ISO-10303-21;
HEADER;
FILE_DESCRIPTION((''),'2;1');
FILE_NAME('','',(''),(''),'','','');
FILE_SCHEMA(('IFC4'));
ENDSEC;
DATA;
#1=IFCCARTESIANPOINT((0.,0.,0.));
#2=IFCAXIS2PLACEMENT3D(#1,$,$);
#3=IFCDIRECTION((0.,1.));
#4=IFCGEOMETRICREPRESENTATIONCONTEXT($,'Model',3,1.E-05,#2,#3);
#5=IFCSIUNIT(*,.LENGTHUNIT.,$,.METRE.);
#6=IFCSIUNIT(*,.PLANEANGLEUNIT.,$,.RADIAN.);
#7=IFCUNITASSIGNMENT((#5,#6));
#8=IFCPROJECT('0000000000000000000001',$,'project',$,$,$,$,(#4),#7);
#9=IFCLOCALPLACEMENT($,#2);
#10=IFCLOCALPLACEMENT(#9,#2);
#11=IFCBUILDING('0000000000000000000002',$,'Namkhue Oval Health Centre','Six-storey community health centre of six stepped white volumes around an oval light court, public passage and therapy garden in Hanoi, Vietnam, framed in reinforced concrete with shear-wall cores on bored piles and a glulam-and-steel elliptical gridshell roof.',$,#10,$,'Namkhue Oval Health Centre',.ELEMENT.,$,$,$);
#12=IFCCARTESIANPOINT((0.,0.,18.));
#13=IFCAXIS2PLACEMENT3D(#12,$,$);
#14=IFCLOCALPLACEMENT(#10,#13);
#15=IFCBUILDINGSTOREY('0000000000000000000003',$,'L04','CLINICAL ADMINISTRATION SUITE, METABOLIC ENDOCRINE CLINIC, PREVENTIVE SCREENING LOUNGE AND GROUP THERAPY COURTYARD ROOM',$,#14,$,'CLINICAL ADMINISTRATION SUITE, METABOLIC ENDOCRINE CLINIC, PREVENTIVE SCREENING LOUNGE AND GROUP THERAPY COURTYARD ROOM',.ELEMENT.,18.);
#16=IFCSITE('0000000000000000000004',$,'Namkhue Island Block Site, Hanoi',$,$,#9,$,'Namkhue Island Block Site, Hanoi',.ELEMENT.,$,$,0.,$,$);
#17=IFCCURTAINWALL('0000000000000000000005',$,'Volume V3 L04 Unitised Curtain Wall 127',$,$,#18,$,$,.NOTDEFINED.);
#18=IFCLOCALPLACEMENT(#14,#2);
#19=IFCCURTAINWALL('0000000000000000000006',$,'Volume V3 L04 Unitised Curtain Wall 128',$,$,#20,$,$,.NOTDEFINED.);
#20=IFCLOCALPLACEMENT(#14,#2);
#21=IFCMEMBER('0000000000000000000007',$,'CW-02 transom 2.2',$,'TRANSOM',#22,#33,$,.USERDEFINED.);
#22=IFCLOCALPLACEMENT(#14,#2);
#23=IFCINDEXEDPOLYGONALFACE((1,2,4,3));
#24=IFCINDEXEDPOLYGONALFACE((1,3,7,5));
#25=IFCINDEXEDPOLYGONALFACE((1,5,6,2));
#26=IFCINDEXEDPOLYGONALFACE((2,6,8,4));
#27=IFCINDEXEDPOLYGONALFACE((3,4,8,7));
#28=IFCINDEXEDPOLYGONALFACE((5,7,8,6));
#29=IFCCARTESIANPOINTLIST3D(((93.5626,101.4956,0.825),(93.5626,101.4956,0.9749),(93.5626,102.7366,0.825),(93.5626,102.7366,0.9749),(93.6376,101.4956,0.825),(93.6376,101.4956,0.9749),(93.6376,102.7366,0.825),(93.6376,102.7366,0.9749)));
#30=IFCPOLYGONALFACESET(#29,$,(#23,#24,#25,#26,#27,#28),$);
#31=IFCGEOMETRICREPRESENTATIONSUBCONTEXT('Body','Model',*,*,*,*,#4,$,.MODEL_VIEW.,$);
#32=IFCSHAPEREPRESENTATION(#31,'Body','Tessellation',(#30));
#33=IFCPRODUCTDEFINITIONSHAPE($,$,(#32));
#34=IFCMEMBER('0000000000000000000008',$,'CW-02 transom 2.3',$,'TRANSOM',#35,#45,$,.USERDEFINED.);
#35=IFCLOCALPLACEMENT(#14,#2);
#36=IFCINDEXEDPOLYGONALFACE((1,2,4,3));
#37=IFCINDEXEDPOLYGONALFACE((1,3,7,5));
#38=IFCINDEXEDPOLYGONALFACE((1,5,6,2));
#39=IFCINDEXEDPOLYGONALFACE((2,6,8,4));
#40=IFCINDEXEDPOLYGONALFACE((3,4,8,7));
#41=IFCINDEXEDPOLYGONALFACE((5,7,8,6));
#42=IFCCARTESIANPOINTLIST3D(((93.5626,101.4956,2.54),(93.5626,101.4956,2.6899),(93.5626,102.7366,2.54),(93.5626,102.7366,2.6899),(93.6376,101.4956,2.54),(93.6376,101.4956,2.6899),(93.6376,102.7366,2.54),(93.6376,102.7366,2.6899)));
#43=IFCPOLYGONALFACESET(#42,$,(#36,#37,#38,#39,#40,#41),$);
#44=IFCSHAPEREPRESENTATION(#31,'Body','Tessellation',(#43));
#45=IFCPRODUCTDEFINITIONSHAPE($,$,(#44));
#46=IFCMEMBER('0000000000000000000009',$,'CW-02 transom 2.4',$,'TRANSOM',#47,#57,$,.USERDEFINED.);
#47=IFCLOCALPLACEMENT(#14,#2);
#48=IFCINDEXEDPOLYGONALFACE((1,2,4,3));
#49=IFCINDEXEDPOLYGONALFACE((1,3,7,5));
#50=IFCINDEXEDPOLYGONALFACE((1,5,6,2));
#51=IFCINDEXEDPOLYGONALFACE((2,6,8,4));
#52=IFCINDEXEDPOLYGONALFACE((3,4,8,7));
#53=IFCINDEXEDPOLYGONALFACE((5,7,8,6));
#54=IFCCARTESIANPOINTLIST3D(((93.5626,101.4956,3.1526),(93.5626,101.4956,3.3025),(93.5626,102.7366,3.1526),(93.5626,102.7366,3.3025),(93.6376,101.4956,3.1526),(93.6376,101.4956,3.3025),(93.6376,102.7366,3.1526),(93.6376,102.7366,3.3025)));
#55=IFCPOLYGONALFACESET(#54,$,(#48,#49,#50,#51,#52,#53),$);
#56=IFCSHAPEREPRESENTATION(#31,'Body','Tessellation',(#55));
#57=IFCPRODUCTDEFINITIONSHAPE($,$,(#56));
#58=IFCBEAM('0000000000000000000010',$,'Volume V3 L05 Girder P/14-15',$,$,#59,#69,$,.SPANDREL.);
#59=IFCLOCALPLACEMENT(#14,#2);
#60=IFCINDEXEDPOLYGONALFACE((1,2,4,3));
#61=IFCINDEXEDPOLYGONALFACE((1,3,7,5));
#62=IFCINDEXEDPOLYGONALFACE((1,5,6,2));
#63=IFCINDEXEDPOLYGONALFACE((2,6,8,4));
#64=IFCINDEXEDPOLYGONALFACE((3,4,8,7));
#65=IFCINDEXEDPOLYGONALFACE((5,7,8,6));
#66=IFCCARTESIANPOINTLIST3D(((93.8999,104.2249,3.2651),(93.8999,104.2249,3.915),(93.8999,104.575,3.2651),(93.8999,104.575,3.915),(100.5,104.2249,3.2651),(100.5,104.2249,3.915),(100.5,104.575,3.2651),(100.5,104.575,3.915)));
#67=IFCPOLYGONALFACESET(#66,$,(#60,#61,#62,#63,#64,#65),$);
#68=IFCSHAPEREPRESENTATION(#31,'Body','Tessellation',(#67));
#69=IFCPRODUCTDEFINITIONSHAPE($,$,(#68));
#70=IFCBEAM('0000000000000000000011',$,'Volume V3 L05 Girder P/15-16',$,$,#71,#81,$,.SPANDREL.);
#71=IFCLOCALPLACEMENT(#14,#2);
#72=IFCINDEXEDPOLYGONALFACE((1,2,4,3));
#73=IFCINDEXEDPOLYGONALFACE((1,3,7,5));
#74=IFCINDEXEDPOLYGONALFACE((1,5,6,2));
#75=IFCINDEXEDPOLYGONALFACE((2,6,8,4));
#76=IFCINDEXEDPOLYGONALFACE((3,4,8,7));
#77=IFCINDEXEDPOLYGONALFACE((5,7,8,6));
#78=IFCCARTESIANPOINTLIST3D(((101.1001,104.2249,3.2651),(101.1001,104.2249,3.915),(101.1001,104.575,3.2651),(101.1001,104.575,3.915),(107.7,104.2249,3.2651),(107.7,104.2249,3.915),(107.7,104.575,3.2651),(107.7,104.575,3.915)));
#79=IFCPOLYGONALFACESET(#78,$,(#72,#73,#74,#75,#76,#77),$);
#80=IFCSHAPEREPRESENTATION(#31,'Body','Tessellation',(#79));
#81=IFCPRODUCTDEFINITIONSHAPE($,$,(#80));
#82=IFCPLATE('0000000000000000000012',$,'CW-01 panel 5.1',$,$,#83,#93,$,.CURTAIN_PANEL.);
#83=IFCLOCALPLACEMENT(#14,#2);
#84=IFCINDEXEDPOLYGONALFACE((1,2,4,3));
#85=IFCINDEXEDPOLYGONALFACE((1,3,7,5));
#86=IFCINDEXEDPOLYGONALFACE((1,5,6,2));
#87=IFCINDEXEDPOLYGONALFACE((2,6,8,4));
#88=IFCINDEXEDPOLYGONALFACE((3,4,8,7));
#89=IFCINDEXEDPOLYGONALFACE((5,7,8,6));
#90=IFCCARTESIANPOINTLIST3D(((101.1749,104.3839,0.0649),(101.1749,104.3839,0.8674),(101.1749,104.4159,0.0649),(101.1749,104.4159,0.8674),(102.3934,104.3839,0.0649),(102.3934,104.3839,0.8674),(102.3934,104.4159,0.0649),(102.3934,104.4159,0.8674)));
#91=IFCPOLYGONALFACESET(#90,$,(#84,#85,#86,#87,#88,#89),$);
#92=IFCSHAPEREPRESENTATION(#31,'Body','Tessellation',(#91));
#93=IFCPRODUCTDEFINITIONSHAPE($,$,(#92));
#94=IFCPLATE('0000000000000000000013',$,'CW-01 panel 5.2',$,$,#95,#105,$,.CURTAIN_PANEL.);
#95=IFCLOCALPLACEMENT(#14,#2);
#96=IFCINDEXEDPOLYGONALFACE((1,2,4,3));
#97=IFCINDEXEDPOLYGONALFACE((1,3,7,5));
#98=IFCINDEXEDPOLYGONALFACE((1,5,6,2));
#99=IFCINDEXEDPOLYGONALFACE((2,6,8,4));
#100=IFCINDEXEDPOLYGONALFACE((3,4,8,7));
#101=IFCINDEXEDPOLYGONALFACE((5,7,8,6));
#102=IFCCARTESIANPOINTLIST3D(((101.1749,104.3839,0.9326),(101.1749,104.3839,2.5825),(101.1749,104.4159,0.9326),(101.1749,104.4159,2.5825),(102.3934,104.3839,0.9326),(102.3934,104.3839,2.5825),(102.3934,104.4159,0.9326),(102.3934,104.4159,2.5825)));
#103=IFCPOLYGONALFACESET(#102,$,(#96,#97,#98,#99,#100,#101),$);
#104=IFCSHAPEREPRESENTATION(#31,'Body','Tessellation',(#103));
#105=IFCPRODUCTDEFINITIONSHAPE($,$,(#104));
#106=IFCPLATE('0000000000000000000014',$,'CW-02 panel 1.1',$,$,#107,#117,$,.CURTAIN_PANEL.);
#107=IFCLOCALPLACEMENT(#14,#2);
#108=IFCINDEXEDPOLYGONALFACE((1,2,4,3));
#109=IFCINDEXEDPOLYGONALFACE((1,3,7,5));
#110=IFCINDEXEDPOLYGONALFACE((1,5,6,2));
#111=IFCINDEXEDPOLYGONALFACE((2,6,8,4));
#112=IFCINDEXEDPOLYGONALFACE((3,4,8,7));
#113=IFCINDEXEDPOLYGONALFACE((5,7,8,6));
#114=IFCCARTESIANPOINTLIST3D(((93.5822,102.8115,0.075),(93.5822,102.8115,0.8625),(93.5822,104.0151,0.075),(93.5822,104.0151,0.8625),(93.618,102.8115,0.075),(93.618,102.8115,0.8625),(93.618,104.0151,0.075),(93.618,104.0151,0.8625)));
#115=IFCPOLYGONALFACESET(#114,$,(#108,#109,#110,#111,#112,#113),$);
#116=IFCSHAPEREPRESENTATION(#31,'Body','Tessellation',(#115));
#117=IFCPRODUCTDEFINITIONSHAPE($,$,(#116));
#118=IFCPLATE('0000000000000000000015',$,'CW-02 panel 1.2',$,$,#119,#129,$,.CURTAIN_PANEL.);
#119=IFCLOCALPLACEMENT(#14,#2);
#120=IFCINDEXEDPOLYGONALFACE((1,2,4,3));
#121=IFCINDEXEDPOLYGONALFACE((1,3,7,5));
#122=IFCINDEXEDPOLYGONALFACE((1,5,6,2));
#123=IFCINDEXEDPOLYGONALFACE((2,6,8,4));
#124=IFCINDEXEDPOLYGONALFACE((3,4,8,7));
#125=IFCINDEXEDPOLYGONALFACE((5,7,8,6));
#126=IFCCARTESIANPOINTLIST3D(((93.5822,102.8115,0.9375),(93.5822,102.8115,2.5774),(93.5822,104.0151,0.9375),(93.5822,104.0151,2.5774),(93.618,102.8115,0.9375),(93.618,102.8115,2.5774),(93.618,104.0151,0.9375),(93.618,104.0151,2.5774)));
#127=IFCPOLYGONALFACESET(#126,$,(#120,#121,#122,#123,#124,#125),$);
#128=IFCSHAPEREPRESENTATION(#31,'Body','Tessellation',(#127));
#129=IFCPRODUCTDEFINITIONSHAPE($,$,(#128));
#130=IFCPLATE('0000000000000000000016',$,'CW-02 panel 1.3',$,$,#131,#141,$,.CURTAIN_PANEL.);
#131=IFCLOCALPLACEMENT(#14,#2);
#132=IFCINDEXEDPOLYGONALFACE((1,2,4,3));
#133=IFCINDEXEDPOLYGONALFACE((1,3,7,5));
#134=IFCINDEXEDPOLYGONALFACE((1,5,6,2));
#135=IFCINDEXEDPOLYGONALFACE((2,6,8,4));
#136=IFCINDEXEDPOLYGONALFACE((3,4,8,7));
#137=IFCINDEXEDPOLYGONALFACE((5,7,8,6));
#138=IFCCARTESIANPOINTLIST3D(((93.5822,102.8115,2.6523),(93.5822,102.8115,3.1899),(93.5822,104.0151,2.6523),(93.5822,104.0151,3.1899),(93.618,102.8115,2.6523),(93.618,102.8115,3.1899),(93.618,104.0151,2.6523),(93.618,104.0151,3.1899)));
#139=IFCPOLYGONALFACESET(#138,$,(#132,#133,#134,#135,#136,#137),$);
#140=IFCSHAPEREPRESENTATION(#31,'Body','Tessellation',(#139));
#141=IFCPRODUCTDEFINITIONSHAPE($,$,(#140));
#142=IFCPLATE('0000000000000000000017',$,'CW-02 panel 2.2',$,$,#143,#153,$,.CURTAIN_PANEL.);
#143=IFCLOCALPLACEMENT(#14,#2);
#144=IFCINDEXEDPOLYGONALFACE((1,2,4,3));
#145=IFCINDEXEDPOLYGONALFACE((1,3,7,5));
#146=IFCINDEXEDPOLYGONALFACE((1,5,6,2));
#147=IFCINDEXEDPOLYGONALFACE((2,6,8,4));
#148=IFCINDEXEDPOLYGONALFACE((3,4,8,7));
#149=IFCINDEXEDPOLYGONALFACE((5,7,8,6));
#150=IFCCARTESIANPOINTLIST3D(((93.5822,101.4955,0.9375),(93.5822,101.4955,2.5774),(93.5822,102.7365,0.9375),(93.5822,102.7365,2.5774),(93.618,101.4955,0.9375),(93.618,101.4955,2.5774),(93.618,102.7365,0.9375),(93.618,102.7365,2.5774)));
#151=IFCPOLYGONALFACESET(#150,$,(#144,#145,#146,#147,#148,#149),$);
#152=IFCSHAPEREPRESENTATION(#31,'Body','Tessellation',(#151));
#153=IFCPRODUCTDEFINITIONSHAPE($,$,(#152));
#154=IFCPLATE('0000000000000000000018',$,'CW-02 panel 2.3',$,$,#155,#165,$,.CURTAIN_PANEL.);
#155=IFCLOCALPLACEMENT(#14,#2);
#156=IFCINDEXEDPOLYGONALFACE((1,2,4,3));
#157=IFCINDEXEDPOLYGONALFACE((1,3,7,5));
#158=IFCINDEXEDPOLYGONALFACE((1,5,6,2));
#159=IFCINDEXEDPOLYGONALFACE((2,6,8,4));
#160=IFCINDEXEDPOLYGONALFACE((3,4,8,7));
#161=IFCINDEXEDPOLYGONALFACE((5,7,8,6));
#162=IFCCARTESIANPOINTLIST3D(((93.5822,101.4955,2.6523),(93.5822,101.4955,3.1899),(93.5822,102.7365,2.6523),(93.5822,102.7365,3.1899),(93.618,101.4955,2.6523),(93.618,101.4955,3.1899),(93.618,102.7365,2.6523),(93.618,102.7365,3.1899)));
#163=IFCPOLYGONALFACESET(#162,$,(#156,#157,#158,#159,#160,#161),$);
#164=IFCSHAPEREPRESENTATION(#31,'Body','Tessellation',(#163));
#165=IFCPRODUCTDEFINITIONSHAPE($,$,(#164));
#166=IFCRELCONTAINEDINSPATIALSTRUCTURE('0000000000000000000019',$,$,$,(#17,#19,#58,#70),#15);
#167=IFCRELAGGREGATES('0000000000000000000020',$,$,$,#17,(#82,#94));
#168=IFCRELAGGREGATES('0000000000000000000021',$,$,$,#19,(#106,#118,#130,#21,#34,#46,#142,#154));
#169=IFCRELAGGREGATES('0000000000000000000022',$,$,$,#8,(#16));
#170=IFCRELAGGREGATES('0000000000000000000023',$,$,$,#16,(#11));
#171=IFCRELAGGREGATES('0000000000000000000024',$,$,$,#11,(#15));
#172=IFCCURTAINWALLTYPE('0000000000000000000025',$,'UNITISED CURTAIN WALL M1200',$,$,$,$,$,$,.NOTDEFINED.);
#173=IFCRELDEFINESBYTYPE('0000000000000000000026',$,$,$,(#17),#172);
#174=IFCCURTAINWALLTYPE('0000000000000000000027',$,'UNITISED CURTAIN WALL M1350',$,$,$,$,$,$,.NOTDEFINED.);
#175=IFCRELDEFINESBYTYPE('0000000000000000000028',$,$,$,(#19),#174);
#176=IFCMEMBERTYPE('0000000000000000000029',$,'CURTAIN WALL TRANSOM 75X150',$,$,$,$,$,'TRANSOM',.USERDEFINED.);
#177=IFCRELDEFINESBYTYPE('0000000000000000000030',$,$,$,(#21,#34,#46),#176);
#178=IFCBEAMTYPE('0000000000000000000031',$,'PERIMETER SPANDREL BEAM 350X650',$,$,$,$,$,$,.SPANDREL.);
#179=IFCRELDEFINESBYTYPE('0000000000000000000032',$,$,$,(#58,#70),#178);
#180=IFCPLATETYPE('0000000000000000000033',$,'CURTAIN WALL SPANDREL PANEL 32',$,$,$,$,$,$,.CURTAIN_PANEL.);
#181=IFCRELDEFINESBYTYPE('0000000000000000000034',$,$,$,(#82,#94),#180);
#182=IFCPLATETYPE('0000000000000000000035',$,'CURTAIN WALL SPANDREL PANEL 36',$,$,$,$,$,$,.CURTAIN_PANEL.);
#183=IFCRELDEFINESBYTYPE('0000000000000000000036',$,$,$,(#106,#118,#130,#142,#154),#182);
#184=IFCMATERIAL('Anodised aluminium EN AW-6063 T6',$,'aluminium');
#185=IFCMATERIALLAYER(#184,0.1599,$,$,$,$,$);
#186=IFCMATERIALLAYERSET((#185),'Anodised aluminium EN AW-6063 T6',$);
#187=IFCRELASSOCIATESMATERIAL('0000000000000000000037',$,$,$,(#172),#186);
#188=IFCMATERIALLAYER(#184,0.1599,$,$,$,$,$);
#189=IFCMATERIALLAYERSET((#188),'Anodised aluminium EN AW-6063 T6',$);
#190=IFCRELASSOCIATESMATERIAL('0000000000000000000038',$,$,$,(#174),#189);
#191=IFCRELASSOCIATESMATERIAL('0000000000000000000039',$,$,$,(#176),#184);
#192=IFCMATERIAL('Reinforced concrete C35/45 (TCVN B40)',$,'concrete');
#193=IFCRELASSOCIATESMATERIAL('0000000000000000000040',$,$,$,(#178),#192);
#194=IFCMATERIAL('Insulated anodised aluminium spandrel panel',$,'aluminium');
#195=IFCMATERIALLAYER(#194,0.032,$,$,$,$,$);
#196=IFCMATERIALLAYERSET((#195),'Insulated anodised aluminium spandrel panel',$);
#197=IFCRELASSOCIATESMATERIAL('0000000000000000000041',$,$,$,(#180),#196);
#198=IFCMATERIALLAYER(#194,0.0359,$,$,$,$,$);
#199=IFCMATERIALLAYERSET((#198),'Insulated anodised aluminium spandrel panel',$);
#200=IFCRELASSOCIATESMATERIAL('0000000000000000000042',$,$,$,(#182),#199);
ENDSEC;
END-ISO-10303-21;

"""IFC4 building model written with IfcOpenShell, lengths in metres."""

from ifc_helpers import new_model, si_unit, direction, frame, origin, origin_2d, place, context, subcontext, project, spatial, rectangle, extrude, material, layer, layer_set, material_profile, profile_set, type_object, element, aggregate, save


model = new_model("IFC4")

# Units and contexts
model_context = context("Model", 3, precision=1e-05, world=origin(), true_north=direction((0.0, 1.0)))
body_context = subcontext(model_context, "Body", "Model", "MODEL_VIEW")
ifc_project = project(units=[si_unit("LENGTHUNIT", "METRE"), si_unit("PLANEANGLEUNIT", "RADIAN")], contexts=[model_context])

# Site, building, storey
site_placement = place(None, origin())
site = spatial("IfcSite", under=ifc_project, at=site_placement, Name="Namkhue Island Block Site, Hanoi", LongName="Namkhue Island Block Site, Hanoi", CompositionType="ELEMENT", RefElevation=0.0)
building_placement = place(site_placement, origin())
building = spatial("IfcBuilding", under=site, at=building_placement, Name="Namkhue Oval Health Centre", Description="Six-storey community health centre of six stepped white volumes around an oval light court, public passage and therapy garden in Hanoi, Vietnam, framed in reinforced concrete with shear-wall cores on bored piles and a glulam-and-steel elliptical gridshell roof.", LongName="Namkhue Oval Health Centre", CompositionType="ELEMENT")
storey_placement = place(building_placement, frame((0.0, 0.0, 18.0)))
storey = spatial("IfcBuildingStorey", under=building, at=storey_placement, Name="L04", Description="CLINICAL ADMINISTRATION SUITE, METABOLIC ENDOCRINE CLINIC, PREVENTIVE SCREENING LOUNGE AND GROUP THERAPY COURTYARD ROOM", LongName="CLINICAL ADMINISTRATION SUITE, METABOLIC ENDOCRINE CLINIC, PREVENTIVE SCREENING LOUNGE AND GROUP THERAPY COURTYARD ROOM", CompositionType="ELEMENT", Elevation=18.0)

# Shared definitions
ifc_material_1 = material(Name="Reinforced concrete C35/45 (TCVN B40)", Category="concrete")

# Curtain wall
ifc_material_2 = material(Name="Anodised aluminium EN AW-6063 T6", Category="aluminium")
ifc_layer_1 = layer(ifc_material_2, 0.1599)
ifc_layer_set_1 = layer_set([ifc_layer_1], Name="Anodised aluminium EN AW-6063 T6")
curtain_wall_type_1 = type_object("IfcCurtainWallType", Name="UNITISED CURTAIN WALL M1200", PredefinedType="NOTDEFINED", material=ifc_layer_set_1)
curtain_wall_1_placement = place(storey_placement, origin())
curtain_wall_1 = element("IfcCurtainWall", 1, at=curtain_wall_1_placement, inside=storey, type_object=curtain_wall_type_1, Name="Volume V3 L04 Unitised Curtain Wall 127", PredefinedType="NOTDEFINED")

# Curtain wall, members
ifc_layer_2 = layer(ifc_material_2, 0.1599)
ifc_layer_set_2 = layer_set([ifc_layer_2], Name="Anodised aluminium EN AW-6063 T6")
curtain_wall_type_2 = type_object("IfcCurtainWallType", Name="UNITISED CURTAIN WALL M1350", PredefinedType="NOTDEFINED", material=ifc_layer_set_2)
curtain_wall_2_placement = place(storey_placement, origin())
curtain_wall_2 = element("IfcCurtainWall", 2, at=curtain_wall_2_placement, inside=storey, type_object=curtain_wall_type_2, Name="Volume V3 L04 Unitised Curtain Wall 128", PredefinedType="NOTDEFINED")
ifc_material_profile_1 = material_profile(ifc_material_2, rectangle(XDim=0.075, YDim=0.1499, at=origin_2d()), Name="ALU 75x150")
ifc_profile_set_1 = profile_set([ifc_material_profile_1], Name="Anodised aluminium EN AW-6063 T6")
member_type_1 = type_object("IfcMemberType", Name="CURTAIN WALL TRANSOM 75X150", ElementType="TRANSOM", PredefinedType="USERDEFINED", material=ifc_profile_set_1)
member_1_placement = place(storey_placement, frame((93.6001, 102.7366, 0.8999), z_axis=(0.0, -1.0, 0.0), x_axis=(1.0, 0.0, 0.0)))
member_1 = element("IfcMember", 3, at=member_1_placement, type_object=member_type_1, Name="CW-02 transom 2.2", ObjectType="TRANSOM", PredefinedType="USERDEFINED", context=body_context, shape_type="SweptSolid", body=[
    extrude(rectangle(XDim=0.075, YDim=0.1499, at=origin_2d()), origin(), (0.0, 0.0, 1.0), 1.241),
])
member_2_placement = place(storey_placement, frame((93.6001, 102.7366, 2.615), z_axis=(0.0, -1.0, 0.0), x_axis=(1.0, 0.0, 0.0)))
member_2 = element("IfcMember", 4, at=member_2_placement, type_object=member_type_1, Name="CW-02 transom 2.3", ObjectType="TRANSOM", PredefinedType="USERDEFINED", context=body_context, shape_type="SweptSolid", body=[
    extrude(rectangle(XDim=0.075, YDim=0.1499, at=origin_2d()), origin(), (0.0, 0.0, 1.0), 1.241),
])
member_3_placement = place(storey_placement, frame((93.6001, 102.7366, 3.2275), z_axis=(0.0, -1.0, 0.0), x_axis=(1.0, 0.0, 0.0)))
member_3 = element("IfcMember", 5, at=member_3_placement, type_object=member_type_1, Name="CW-02 transom 2.4", ObjectType="TRANSOM", PredefinedType="USERDEFINED", context=body_context, shape_type="SweptSolid", body=[
    extrude(rectangle(XDim=0.075, YDim=0.1499, at=origin_2d()), origin(), (0.0, 0.0, 1.0), 1.241),
])

# Beams
ifc_material_profile_2 = material_profile(ifc_material_1, rectangle(XDim=0.3501, YDim=0.6499, at=origin_2d()), Name="RC 350x650")
ifc_profile_set_2 = profile_set([ifc_material_profile_2], Name="Reinforced concrete C35/45 (TCVN B40)")
beam_type = type_object("IfcBeamType", Name="PERIMETER SPANDREL BEAM 350X650", PredefinedType="SPANDREL", material=ifc_profile_set_2)
beam_1_placement = place(storey_placement, frame((93.8999, 104.3999, 3.5901), z_axis=(1.0, 0.0, 0.0), x_axis=(0.0, 1.0, 0.0)))
element("IfcBeam", 6, at=beam_1_placement, inside=storey, type_object=beam_type, Name="Volume V3 L05 Girder P/14-15", PredefinedType="SPANDREL", context=body_context, shape_type="SweptSolid", body=[
    extrude(rectangle(XDim=0.3501, YDim=0.6499, at=origin_2d()), origin(), (0.0, 0.0, 1.0), 6.6001),
])
beam_2_placement = place(storey_placement, frame((101.1001, 104.3999, 3.5901), z_axis=(1.0, 0.0, 0.0), x_axis=(0.0, 1.0, 0.0)))
element("IfcBeam", 7, at=beam_2_placement, inside=storey, type_object=beam_type, Name="Volume V3 L05 Girder P/15-16", PredefinedType="SPANDREL", context=body_context, shape_type="SweptSolid", body=[
    extrude(rectangle(XDim=0.3501, YDim=0.6499, at=origin_2d()), origin(), (0.0, 0.0, 1.0), 6.5999),
])

# Plates
ifc_material_3 = material(Name="Insulated anodised aluminium spandrel panel", Category="aluminium")
ifc_layer_3 = layer(ifc_material_3, 0.032)
ifc_layer_set_3 = layer_set([ifc_layer_3], Name="Insulated anodised aluminium spandrel panel")
plate_type_1 = type_object("IfcPlateType", Name="CURTAIN WALL SPANDREL PANEL 32", PredefinedType="CURTAIN_PANEL", material=ifc_layer_set_3)
plate_1_placement = place(storey_placement, frame((101.7842, 104.3999, 0.0649), z_axis=(0.0, 0.0, 1.0), x_axis=(-1.0, 0.0, 0.0)))
plate_1 = element("IfcPlate", 8, at=plate_1_placement, type_object=plate_type_1, Name="CW-01 panel 5.1", PredefinedType="CURTAIN_PANEL", context=body_context, shape_type="SweptSolid", body=[
    extrude(rectangle(XDim=1.2185, YDim=0.032, at=origin_2d()), origin(), (0.0, 0.0, 1.0), 0.8025),
])
plate_2_placement = place(storey_placement, frame((101.7842, 104.3999, 0.9326), z_axis=(0.0, 0.0, 1.0), x_axis=(-1.0, 0.0, 0.0)))
plate_2 = element("IfcPlate", 9, at=plate_2_placement, type_object=plate_type_1, Name="CW-01 panel 5.2", PredefinedType="CURTAIN_PANEL", context=body_context, shape_type="SweptSolid", body=[
    extrude(rectangle(XDim=1.2185, YDim=0.032, at=origin_2d()), origin(), (0.0, 0.0, 1.0), 1.6499),
])
aggregate(curtain_wall_1, [plate_1, plate_2])
ifc_layer_4 = layer(ifc_material_3, 0.0359)
ifc_layer_set_4 = layer_set([ifc_layer_4], Name="Insulated anodised aluminium spandrel panel")
plate_type_2 = type_object("IfcPlateType", Name="CURTAIN WALL SPANDREL PANEL 36", PredefinedType="CURTAIN_PANEL", material=ifc_layer_set_4)
plate_3_placement = place(storey_placement, frame((93.6001, 103.4133, 0.075), z_axis=(0.0, 0.0, 1.0), x_axis=(0.0, -1.0, 0.0)))
plate_3 = element("IfcPlate", 10, at=plate_3_placement, type_object=plate_type_2, Name="CW-02 panel 1.1", PredefinedType="CURTAIN_PANEL", context=body_context, shape_type="SweptSolid", body=[
    extrude(rectangle(XDim=1.2036, YDim=0.0359, at=origin_2d()), origin(), (0.0, 0.0, 1.0), 0.7876),
])
plate_4_placement = place(storey_placement, frame((93.6001, 103.4133, 0.9375), z_axis=(0.0, 0.0, 1.0), x_axis=(0.0, -1.0, 0.0)))
plate_4 = element("IfcPlate", 11, at=plate_4_placement, type_object=plate_type_2, Name="CW-02 panel 1.2", PredefinedType="CURTAIN_PANEL", context=body_context, shape_type="SweptSolid", body=[
    extrude(rectangle(XDim=1.2036, YDim=0.0359, at=origin_2d()), origin(), (0.0, 0.0, 1.0), 1.6399),
])
plate_5_placement = place(storey_placement, frame((93.6001, 103.4133, 2.6523), z_axis=(0.0, 0.0, 1.0), x_axis=(0.0, -1.0, 0.0)))
plate_5 = element("IfcPlate", 12, at=plate_5_placement, type_object=plate_type_2, Name="CW-02 panel 1.3", PredefinedType="CURTAIN_PANEL", context=body_context, shape_type="SweptSolid", body=[
    extrude(rectangle(XDim=1.2036, YDim=0.0359, at=origin_2d()), origin(), (0.0, 0.0, 1.0), 0.5376),
])
plate_6_placement = place(storey_placement, frame((93.6001, 102.116, 0.9375), z_axis=(0.0, 0.0, 1.0), x_axis=(0.0, -1.0, 0.0)))
plate_6 = element("IfcPlate", 13, at=plate_6_placement, type_object=plate_type_2, Name="CW-02 panel 2.2", PredefinedType="CURTAIN_PANEL", context=body_context, shape_type="SweptSolid", body=[
    extrude(rectangle(XDim=1.241, YDim=0.0359, at=origin_2d()), origin(), (0.0, 0.0, 1.0), 1.6399),
])
plate_7_placement = place(storey_placement, frame((93.6001, 102.116, 2.6523), z_axis=(0.0, 0.0, 1.0), x_axis=(0.0, -1.0, 0.0)))
plate_7 = element("IfcPlate", 14, at=plate_7_placement, type_object=plate_type_2, Name="CW-02 panel 2.3", PredefinedType="CURTAIN_PANEL", context=body_context, shape_type="SweptSolid", body=[
    extrude(rectangle(XDim=1.241, YDim=0.0359, at=origin_2d()), origin(), (0.0, 0.0, 1.0), 0.5376),
])
aggregate(curtain_wall_2, [plate_3, plate_4, plate_5, member_1, member_2, member_3, plate_6, plate_7])

save(model, "model.ifc")
